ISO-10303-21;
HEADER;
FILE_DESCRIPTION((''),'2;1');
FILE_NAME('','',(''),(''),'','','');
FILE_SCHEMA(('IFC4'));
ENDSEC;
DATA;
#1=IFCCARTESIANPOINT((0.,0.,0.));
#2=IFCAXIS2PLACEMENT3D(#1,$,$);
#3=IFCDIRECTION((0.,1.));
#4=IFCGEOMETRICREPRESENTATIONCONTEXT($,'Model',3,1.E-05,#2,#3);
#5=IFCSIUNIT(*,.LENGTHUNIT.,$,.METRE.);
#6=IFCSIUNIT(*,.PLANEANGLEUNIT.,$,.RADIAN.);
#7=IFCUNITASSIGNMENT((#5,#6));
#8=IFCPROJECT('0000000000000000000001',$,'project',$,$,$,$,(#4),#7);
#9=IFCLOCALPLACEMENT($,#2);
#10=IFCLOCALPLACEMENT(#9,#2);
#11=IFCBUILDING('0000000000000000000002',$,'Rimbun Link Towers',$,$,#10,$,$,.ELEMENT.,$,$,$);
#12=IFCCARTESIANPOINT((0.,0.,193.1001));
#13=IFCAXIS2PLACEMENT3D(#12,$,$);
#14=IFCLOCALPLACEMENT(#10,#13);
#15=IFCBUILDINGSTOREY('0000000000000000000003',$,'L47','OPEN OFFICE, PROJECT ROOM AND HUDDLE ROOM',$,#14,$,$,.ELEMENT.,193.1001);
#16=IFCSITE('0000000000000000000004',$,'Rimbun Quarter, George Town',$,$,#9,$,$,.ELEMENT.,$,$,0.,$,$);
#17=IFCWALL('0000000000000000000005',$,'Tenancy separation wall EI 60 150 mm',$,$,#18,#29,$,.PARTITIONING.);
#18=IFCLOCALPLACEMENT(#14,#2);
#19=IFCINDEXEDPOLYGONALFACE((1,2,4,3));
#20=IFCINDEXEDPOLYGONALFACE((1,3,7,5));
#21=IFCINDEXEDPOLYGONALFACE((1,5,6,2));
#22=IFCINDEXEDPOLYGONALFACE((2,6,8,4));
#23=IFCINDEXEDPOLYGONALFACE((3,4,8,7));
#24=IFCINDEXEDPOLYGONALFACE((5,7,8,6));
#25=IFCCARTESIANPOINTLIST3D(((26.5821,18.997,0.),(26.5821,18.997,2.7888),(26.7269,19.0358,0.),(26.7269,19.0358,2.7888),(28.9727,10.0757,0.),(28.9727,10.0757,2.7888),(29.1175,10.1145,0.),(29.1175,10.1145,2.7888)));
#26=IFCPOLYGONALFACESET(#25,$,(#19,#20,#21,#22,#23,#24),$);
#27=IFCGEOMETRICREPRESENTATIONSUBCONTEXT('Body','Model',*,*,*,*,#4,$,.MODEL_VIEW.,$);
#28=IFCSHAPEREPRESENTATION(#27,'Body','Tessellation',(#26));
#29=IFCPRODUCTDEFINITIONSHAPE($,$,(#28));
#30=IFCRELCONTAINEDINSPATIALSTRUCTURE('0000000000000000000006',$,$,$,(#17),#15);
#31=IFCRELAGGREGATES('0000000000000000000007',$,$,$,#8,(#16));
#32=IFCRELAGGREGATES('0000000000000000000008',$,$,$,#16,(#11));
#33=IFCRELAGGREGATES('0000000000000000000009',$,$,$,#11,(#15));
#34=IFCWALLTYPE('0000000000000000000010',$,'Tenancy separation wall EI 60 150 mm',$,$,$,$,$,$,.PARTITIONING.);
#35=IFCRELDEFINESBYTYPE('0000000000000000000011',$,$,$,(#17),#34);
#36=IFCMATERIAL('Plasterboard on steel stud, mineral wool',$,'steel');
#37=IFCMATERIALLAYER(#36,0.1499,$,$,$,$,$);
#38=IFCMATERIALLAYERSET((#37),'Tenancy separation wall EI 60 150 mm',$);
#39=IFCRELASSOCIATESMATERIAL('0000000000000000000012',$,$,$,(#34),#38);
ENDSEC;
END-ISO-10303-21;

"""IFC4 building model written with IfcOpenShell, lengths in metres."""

from ifc_helpers import new_model, si_unit, direction, frame, frame_2d, origin, place, context, subcontext, project, spatial, rectangle, extrude, material, layer, layer_set, type_object, element, save


model = new_model("IFC4")

# Units and contexts
model_context = context("Model", 3, precision=1e-05, world=origin(), true_north=direction((0.0, 1.0)))
body_context = subcontext(model_context, "Body", "Model", "MODEL_VIEW")
ifc_project = project(units=[si_unit("LENGTHUNIT", "METRE"), si_unit("PLANEANGLEUNIT", "RADIAN")], contexts=[model_context])

# Site, building, storey
site_placement = place(None, origin())
site = spatial("IfcSite", under=ifc_project, at=site_placement, Name="Rimbun Quarter, George Town", CompositionType="ELEMENT", RefElevation=0.0)
building_placement = place(site_placement, origin())
building = spatial("IfcBuilding", under=site, at=building_placement, Name="Rimbun Link Towers", CompositionType="ELEMENT")
storey_placement = place(building_placement, frame((0.0, 0.0, 193.1001)))
storey = spatial("IfcBuildingStorey", under=building, at=storey_placement, Name="L47", Description="OPEN OFFICE, PROJECT ROOM AND HUDDLE ROOM", CompositionType="ELEMENT", Elevation=193.1001)

# Wall
ifc_material_1 = material(Name="Plasterboard on steel stud, mineral wool", Category="steel")
ifc_layer_1 = layer(ifc_material_1, 0.1499)
ifc_layer_set_1 = layer_set([ifc_layer_1], Name="Tenancy separation wall EI 60 150 mm")
wall_type_1 = type_object("IfcWallType", Name="Tenancy separation wall EI 60 150 mm", PredefinedType="PARTITIONING", material=ifc_layer_set_1)
wall_1_placement = place(storey_placement, frame((29.0452, 10.095, 0.0), z_axis=(0.0, 0.0, 1.0), x_axis=(-0.258834, 0.965922, 0.0)))
element("IfcWall", 1, at=wall_1_placement, inside=storey, type_object=wall_type_1, Name="Tenancy separation wall EI 60 150 mm", PredefinedType="PARTITIONING", context=body_context, shape_type="SweptSolid", body=[
    extrude(rectangle(XDim=9.2361, YDim=0.1499, at=frame_2d((4.6182, 0.0))), origin(), (0.0, 0.0, 1.0), 2.7888),
])

save(model, "model.ifc")
